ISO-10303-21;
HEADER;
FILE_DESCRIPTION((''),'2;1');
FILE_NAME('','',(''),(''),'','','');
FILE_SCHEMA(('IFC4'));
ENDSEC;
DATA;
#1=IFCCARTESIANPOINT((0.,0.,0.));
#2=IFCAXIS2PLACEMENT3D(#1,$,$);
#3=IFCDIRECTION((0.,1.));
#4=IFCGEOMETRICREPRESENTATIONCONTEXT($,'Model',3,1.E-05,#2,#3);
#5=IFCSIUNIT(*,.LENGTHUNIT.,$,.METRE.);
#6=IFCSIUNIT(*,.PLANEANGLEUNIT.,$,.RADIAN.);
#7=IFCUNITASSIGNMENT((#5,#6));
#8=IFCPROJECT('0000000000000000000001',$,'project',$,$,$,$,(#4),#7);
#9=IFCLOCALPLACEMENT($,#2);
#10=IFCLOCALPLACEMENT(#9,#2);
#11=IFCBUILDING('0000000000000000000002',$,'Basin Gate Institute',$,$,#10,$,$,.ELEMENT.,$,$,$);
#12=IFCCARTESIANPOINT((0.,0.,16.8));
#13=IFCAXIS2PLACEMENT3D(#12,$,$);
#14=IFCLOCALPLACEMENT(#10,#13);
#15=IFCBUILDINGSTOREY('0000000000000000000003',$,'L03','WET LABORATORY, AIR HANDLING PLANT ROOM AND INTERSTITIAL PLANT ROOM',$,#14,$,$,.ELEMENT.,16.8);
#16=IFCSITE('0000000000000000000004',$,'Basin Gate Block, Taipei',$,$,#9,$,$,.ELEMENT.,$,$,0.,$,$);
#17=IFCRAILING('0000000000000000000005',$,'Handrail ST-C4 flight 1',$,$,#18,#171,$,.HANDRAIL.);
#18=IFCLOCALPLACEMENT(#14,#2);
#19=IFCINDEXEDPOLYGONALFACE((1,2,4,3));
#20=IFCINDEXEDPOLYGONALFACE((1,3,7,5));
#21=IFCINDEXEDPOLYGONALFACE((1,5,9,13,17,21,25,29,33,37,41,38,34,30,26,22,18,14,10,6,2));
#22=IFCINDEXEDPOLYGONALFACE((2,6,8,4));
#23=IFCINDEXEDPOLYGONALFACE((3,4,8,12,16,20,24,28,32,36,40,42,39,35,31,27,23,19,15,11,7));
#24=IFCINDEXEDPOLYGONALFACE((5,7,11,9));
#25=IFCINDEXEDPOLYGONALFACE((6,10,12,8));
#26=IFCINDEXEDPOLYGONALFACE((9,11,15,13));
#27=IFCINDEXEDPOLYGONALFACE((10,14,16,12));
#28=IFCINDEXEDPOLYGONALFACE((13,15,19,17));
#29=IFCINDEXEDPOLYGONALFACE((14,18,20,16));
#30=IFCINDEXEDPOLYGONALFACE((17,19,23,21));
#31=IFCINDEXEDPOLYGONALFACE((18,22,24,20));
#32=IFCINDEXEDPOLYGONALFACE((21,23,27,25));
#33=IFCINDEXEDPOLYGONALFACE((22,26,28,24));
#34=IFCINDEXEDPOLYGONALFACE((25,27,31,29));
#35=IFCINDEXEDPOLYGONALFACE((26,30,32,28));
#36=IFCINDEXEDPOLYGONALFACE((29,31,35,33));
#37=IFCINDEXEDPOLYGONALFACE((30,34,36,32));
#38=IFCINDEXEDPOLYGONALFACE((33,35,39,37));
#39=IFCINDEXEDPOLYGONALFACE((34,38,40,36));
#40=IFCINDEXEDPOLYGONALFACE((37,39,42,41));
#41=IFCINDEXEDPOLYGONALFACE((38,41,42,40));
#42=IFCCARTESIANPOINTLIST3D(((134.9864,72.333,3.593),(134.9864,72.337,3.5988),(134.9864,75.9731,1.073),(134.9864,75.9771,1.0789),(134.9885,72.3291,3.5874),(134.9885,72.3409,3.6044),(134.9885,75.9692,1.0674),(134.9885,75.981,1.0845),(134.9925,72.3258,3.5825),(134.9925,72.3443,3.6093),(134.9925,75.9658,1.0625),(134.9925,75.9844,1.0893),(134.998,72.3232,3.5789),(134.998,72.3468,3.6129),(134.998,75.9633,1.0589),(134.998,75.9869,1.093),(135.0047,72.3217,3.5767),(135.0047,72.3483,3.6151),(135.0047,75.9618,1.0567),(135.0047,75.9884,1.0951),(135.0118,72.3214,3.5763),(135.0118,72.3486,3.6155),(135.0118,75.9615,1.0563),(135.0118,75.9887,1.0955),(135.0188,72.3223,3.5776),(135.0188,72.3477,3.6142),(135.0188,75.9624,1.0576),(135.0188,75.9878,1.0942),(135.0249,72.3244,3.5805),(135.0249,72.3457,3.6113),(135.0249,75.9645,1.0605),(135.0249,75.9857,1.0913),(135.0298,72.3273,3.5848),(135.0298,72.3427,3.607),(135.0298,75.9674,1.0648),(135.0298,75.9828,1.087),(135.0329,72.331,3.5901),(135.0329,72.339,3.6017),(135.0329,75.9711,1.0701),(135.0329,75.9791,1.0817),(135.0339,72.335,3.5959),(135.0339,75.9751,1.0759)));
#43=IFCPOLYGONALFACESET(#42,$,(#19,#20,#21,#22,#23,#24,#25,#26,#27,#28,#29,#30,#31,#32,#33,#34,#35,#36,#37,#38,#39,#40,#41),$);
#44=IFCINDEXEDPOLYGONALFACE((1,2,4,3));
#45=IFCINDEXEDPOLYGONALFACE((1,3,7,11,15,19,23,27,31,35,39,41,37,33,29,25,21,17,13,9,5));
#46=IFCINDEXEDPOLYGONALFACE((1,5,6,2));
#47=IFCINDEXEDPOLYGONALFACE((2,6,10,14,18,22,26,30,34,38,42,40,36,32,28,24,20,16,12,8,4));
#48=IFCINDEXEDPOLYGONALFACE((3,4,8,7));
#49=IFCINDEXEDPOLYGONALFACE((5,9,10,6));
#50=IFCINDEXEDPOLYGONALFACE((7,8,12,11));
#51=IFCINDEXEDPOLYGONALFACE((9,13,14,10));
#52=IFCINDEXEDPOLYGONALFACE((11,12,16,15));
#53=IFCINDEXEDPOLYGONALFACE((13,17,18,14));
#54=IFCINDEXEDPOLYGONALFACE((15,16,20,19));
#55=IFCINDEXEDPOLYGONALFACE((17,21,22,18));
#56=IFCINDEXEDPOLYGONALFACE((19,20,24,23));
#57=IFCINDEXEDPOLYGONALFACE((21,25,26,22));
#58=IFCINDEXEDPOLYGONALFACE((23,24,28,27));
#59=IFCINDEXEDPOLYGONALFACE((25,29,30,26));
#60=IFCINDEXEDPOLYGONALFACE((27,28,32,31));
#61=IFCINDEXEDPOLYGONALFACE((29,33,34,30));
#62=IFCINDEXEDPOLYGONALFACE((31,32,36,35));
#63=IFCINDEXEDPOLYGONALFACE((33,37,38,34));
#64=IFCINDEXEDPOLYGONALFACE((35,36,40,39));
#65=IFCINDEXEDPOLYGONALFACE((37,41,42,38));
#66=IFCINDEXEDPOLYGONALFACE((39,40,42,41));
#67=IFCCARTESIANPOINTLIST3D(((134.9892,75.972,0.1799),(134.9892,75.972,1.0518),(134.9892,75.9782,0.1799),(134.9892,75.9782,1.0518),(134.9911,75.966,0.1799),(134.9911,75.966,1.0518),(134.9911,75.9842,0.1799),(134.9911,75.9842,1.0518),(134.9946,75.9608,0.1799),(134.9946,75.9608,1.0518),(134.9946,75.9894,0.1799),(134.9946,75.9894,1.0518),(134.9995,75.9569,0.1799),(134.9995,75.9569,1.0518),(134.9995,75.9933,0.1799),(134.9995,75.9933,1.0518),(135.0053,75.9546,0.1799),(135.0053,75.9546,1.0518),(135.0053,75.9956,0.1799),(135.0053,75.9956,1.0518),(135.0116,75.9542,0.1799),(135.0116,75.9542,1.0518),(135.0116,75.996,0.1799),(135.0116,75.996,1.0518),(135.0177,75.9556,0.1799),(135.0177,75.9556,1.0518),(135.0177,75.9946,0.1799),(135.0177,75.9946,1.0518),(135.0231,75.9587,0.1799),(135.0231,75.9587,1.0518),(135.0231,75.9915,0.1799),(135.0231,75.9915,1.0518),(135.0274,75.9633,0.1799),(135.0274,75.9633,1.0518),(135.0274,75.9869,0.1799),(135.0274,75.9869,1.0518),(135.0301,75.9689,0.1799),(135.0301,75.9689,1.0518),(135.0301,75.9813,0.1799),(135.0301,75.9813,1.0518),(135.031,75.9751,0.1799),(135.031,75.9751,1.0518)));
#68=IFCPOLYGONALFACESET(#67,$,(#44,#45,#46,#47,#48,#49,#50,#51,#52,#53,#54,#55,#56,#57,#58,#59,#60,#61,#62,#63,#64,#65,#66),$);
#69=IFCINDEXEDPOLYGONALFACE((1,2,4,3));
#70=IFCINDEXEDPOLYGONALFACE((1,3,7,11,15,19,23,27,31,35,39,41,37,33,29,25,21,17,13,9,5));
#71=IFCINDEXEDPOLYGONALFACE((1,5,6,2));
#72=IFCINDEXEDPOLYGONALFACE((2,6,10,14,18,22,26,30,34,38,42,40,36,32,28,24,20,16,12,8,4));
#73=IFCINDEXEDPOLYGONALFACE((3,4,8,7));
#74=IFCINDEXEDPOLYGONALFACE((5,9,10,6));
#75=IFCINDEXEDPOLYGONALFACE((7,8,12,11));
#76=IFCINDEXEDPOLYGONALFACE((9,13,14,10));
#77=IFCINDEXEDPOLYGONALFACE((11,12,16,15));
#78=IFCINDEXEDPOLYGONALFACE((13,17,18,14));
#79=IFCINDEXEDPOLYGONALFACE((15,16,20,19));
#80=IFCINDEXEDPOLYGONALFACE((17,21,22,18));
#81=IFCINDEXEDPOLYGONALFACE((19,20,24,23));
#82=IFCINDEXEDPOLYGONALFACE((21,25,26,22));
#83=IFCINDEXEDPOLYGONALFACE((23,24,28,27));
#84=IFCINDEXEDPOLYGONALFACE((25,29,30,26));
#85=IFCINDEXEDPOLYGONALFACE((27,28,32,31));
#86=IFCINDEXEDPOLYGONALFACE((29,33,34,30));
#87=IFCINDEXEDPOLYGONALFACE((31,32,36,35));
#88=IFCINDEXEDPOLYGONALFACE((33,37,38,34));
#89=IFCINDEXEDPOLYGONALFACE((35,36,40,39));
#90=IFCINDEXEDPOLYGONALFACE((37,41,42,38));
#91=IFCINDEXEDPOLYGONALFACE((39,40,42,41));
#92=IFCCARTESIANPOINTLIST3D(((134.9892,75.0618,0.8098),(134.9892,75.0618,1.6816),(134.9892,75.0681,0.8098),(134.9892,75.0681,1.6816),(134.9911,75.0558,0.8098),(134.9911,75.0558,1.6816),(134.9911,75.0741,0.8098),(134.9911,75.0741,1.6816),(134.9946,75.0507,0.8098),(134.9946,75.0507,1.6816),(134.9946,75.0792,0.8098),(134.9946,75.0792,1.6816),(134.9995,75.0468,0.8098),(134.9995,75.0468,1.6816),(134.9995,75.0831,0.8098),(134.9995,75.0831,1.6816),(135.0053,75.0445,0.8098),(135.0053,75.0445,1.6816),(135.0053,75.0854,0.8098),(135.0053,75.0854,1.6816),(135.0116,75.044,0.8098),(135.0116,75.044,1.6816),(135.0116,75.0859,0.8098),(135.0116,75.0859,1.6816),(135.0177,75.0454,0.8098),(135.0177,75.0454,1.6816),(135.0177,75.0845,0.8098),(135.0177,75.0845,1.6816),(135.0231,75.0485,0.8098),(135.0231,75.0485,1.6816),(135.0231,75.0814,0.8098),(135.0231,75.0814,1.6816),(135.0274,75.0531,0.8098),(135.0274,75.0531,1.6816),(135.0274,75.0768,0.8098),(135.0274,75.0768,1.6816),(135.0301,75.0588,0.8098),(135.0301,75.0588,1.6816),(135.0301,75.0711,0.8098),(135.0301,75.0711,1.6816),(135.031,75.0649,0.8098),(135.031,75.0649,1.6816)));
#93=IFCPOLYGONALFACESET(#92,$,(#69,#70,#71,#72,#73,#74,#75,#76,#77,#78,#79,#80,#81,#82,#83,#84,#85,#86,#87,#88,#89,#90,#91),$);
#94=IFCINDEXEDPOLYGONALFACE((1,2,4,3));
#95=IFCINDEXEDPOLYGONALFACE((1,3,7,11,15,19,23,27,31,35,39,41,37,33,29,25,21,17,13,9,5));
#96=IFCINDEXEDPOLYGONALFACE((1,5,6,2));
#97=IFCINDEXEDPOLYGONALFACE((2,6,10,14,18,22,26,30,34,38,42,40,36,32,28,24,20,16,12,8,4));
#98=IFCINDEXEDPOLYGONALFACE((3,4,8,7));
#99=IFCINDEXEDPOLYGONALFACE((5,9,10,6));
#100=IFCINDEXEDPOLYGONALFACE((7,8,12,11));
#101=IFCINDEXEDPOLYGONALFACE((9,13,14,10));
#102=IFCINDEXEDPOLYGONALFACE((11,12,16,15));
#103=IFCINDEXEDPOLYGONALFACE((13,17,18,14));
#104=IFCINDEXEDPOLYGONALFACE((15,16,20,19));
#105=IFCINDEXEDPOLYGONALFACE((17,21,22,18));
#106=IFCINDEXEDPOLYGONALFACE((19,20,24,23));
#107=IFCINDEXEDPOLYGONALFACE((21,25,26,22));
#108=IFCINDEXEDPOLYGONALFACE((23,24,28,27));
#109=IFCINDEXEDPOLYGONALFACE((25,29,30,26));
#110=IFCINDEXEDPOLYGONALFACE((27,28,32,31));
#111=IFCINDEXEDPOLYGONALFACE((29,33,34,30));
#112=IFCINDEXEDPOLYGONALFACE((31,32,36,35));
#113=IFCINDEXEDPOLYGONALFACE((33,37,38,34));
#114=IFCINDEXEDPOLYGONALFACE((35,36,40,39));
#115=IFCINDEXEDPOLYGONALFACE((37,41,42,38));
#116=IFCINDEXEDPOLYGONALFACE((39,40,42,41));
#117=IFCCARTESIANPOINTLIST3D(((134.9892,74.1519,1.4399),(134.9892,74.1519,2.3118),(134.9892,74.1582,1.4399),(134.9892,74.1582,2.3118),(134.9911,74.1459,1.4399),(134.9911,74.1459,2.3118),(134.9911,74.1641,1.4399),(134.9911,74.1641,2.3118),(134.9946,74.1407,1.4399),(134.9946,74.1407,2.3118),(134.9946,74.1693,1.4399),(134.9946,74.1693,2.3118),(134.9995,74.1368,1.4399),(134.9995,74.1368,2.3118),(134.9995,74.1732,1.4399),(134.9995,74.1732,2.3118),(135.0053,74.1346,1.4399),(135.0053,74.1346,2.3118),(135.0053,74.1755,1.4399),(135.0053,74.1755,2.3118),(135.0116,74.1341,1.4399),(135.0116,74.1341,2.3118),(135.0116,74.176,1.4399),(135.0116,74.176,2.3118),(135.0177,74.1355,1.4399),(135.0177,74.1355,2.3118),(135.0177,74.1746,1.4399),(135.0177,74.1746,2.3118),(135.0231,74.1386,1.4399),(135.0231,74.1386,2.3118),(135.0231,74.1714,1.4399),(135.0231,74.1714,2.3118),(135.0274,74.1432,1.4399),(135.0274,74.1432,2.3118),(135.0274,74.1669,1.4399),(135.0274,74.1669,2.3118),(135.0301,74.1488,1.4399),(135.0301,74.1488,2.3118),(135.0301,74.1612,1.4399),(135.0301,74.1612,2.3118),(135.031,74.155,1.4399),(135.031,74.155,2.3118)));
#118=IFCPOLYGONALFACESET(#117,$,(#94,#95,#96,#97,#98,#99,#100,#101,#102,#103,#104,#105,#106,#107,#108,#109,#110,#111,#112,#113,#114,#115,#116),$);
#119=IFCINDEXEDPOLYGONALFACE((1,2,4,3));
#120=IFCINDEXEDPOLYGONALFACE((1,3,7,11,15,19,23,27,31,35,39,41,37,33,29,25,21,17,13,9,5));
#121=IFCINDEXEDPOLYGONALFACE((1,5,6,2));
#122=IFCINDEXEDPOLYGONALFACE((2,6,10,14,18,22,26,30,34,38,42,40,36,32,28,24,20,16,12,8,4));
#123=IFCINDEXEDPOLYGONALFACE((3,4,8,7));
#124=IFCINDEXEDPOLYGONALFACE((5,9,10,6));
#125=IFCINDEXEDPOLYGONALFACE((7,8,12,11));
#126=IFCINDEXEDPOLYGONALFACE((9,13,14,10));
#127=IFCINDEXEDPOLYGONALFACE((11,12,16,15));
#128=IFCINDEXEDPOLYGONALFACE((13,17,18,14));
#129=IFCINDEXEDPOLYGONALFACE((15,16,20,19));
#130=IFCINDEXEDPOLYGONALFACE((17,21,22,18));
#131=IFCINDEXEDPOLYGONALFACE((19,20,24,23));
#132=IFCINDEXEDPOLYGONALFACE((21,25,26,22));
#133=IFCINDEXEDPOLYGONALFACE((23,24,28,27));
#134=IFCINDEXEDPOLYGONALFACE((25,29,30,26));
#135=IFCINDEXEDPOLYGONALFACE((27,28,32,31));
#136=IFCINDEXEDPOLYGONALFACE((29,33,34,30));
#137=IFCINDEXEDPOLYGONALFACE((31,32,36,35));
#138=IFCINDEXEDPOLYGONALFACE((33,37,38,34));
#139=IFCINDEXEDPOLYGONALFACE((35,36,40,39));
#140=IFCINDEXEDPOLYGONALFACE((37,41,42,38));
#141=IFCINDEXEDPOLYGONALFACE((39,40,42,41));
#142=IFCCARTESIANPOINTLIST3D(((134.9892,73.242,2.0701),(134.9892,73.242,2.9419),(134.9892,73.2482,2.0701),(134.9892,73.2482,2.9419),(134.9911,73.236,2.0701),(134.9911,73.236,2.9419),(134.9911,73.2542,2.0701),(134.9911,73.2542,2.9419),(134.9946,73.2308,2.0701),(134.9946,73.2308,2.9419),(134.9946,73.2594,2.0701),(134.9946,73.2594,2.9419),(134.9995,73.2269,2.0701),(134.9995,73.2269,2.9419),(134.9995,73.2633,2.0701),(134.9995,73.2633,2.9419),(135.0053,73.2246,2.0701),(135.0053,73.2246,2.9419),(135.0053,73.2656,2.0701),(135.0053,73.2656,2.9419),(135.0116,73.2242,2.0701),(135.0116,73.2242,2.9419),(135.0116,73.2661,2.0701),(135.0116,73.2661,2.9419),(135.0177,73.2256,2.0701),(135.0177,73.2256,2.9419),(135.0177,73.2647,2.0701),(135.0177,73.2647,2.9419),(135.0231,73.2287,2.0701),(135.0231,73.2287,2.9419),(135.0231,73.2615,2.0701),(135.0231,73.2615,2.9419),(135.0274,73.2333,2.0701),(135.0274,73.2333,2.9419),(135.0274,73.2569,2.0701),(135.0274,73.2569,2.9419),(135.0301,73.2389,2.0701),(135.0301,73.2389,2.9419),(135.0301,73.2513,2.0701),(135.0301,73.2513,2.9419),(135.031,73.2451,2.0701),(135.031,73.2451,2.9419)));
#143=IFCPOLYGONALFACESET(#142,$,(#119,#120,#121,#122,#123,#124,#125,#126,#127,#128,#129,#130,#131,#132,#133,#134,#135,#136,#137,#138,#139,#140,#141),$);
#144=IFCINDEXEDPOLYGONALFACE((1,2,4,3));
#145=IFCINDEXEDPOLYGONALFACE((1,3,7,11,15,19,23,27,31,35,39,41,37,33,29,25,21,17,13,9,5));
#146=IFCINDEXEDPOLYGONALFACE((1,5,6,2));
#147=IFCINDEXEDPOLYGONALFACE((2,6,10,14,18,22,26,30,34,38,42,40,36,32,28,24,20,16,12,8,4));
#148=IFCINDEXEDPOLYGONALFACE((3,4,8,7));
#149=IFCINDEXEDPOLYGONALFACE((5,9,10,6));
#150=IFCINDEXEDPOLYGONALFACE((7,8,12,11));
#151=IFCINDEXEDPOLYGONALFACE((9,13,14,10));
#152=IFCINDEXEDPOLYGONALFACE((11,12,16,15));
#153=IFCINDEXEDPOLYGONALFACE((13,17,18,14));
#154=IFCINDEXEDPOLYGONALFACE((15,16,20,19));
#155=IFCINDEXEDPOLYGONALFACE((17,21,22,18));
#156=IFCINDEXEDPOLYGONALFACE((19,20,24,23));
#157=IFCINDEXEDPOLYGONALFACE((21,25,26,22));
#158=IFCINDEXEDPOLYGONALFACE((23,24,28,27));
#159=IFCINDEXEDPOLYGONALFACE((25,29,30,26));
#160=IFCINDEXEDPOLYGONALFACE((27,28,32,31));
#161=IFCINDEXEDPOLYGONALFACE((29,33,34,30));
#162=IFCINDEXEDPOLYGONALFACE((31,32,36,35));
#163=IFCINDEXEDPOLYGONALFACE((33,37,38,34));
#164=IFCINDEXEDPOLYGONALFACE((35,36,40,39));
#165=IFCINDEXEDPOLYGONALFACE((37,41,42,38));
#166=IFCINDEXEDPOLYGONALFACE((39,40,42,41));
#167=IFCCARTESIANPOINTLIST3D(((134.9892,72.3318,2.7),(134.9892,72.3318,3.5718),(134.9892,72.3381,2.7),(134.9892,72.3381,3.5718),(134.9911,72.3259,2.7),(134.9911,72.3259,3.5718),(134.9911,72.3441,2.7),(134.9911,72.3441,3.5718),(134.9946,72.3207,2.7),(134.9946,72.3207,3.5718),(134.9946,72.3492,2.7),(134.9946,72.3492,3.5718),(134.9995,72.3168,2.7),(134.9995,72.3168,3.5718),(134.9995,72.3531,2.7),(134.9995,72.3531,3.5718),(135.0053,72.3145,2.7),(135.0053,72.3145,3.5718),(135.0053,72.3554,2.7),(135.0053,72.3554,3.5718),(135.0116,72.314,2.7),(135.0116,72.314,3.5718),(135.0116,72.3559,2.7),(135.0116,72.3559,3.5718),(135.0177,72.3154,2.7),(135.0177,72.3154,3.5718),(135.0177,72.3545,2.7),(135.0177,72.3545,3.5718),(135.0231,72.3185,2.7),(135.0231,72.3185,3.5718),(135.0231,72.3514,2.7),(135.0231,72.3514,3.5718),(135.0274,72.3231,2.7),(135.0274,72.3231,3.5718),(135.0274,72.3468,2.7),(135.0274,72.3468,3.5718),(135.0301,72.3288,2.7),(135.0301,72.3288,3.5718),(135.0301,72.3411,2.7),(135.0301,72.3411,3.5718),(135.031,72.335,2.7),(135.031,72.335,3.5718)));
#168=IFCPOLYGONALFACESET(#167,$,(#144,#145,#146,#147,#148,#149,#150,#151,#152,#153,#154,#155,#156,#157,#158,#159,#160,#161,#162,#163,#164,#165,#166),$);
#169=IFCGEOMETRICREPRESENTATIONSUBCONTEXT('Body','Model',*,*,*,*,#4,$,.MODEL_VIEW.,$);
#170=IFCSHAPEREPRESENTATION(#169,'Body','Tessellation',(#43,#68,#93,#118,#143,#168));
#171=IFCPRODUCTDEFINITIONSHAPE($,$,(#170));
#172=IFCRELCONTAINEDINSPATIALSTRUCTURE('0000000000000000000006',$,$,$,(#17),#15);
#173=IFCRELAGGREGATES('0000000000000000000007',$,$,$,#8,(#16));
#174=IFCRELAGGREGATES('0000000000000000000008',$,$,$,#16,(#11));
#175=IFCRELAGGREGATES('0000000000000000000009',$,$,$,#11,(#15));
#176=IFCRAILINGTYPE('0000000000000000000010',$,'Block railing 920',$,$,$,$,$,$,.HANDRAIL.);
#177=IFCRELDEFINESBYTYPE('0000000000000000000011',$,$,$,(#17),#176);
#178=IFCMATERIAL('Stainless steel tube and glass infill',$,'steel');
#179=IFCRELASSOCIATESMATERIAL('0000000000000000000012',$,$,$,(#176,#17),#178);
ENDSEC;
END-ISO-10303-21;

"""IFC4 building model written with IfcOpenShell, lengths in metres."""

from ifc_helpers import new_model, si_unit, direction, frame, origin, origin_2d, place, context, subcontext, project, spatial, circle, extrude, material, type_object, element, save


model = new_model("IFC4")

# Units and contexts
model_context = context("Model", 3, precision=1e-05, world=origin(), true_north=direction((0.0, 1.0)))
body_context = subcontext(model_context, "Body", "Model", "MODEL_VIEW")
ifc_project = project(units=[si_unit("LENGTHUNIT", "METRE"), si_unit("PLANEANGLEUNIT", "RADIAN")], contexts=[model_context])

# Site, building, storey
site_placement = place(None, origin())
site = spatial("IfcSite", under=ifc_project, at=site_placement, Name="Basin Gate Block, Taipei", CompositionType="ELEMENT", RefElevation=0.0)
building_placement = place(site_placement, origin())
building = spatial("IfcBuilding", under=site, at=building_placement, Name="Basin Gate Institute", CompositionType="ELEMENT")
storey_placement = place(building_placement, frame((0.0, 0.0, 16.8)))
storey = spatial("IfcBuildingStorey", under=building, at=storey_placement, Name="L03", Description="WET LABORATORY, AIR HANDLING PLANT ROOM AND INTERSTITIAL PLANT ROOM", CompositionType="ELEMENT", Elevation=16.8)

# Railing
ifc_material_1 = material(Name="Stainless steel tube and glass infill", Category="steel")
railing_type_1 = type_object("IfcRailingType", Name="Block railing 920", PredefinedType="HANDRAIL", material=ifc_material_1)
for number, where, name in (
    (1, (135.01, 75.9751, 0.1799), "Handrail ST-C4 flight 1"),
):
    element("IfcRailing", number, at=place(storey_placement, frame(where)), inside=storey, type_object=railing_type_1, material=ifc_material_1, Name=name, PredefinedType="HANDRAIL", context=body_context, shape_type="SweptSolid", body=[
        extrude(circle(Radius=0.0239, at=origin_2d()), frame((0.0, 0.0, 0.896), z_axis=(0.0, -0.8222, 0.569199), x_axis=(1.0, 0.0, 0.0)), (0.0, 0.0, 1.0), 4.4272),
        extrude(circle(Radius=0.021, at=origin_2d()), origin(), (0.0, 0.0, 1.0), 0.8718),
        extrude(circle(Radius=0.021, at=origin_2d()), frame((0.0, -0.9102, 0.6299)), (0.0, 0.0, 1.0), 0.8718),
        extrude(circle(Radius=0.021, at=origin_2d()), frame((0.0, -1.8201, 1.26)), (0.0, 0.0, 1.0), 0.8718),
        extrude(circle(Radius=0.021, at=origin_2d()), frame((0.0, -2.73, 1.8901)), (0.0, 0.0, 1.0), 0.8718),
        extrude(circle(Radius=0.021, at=origin_2d()), frame((0.0, -3.6401, 2.52)), (0.0, 0.0, 1.0), 0.8718),
    ])

save(model, "model.ifc")
